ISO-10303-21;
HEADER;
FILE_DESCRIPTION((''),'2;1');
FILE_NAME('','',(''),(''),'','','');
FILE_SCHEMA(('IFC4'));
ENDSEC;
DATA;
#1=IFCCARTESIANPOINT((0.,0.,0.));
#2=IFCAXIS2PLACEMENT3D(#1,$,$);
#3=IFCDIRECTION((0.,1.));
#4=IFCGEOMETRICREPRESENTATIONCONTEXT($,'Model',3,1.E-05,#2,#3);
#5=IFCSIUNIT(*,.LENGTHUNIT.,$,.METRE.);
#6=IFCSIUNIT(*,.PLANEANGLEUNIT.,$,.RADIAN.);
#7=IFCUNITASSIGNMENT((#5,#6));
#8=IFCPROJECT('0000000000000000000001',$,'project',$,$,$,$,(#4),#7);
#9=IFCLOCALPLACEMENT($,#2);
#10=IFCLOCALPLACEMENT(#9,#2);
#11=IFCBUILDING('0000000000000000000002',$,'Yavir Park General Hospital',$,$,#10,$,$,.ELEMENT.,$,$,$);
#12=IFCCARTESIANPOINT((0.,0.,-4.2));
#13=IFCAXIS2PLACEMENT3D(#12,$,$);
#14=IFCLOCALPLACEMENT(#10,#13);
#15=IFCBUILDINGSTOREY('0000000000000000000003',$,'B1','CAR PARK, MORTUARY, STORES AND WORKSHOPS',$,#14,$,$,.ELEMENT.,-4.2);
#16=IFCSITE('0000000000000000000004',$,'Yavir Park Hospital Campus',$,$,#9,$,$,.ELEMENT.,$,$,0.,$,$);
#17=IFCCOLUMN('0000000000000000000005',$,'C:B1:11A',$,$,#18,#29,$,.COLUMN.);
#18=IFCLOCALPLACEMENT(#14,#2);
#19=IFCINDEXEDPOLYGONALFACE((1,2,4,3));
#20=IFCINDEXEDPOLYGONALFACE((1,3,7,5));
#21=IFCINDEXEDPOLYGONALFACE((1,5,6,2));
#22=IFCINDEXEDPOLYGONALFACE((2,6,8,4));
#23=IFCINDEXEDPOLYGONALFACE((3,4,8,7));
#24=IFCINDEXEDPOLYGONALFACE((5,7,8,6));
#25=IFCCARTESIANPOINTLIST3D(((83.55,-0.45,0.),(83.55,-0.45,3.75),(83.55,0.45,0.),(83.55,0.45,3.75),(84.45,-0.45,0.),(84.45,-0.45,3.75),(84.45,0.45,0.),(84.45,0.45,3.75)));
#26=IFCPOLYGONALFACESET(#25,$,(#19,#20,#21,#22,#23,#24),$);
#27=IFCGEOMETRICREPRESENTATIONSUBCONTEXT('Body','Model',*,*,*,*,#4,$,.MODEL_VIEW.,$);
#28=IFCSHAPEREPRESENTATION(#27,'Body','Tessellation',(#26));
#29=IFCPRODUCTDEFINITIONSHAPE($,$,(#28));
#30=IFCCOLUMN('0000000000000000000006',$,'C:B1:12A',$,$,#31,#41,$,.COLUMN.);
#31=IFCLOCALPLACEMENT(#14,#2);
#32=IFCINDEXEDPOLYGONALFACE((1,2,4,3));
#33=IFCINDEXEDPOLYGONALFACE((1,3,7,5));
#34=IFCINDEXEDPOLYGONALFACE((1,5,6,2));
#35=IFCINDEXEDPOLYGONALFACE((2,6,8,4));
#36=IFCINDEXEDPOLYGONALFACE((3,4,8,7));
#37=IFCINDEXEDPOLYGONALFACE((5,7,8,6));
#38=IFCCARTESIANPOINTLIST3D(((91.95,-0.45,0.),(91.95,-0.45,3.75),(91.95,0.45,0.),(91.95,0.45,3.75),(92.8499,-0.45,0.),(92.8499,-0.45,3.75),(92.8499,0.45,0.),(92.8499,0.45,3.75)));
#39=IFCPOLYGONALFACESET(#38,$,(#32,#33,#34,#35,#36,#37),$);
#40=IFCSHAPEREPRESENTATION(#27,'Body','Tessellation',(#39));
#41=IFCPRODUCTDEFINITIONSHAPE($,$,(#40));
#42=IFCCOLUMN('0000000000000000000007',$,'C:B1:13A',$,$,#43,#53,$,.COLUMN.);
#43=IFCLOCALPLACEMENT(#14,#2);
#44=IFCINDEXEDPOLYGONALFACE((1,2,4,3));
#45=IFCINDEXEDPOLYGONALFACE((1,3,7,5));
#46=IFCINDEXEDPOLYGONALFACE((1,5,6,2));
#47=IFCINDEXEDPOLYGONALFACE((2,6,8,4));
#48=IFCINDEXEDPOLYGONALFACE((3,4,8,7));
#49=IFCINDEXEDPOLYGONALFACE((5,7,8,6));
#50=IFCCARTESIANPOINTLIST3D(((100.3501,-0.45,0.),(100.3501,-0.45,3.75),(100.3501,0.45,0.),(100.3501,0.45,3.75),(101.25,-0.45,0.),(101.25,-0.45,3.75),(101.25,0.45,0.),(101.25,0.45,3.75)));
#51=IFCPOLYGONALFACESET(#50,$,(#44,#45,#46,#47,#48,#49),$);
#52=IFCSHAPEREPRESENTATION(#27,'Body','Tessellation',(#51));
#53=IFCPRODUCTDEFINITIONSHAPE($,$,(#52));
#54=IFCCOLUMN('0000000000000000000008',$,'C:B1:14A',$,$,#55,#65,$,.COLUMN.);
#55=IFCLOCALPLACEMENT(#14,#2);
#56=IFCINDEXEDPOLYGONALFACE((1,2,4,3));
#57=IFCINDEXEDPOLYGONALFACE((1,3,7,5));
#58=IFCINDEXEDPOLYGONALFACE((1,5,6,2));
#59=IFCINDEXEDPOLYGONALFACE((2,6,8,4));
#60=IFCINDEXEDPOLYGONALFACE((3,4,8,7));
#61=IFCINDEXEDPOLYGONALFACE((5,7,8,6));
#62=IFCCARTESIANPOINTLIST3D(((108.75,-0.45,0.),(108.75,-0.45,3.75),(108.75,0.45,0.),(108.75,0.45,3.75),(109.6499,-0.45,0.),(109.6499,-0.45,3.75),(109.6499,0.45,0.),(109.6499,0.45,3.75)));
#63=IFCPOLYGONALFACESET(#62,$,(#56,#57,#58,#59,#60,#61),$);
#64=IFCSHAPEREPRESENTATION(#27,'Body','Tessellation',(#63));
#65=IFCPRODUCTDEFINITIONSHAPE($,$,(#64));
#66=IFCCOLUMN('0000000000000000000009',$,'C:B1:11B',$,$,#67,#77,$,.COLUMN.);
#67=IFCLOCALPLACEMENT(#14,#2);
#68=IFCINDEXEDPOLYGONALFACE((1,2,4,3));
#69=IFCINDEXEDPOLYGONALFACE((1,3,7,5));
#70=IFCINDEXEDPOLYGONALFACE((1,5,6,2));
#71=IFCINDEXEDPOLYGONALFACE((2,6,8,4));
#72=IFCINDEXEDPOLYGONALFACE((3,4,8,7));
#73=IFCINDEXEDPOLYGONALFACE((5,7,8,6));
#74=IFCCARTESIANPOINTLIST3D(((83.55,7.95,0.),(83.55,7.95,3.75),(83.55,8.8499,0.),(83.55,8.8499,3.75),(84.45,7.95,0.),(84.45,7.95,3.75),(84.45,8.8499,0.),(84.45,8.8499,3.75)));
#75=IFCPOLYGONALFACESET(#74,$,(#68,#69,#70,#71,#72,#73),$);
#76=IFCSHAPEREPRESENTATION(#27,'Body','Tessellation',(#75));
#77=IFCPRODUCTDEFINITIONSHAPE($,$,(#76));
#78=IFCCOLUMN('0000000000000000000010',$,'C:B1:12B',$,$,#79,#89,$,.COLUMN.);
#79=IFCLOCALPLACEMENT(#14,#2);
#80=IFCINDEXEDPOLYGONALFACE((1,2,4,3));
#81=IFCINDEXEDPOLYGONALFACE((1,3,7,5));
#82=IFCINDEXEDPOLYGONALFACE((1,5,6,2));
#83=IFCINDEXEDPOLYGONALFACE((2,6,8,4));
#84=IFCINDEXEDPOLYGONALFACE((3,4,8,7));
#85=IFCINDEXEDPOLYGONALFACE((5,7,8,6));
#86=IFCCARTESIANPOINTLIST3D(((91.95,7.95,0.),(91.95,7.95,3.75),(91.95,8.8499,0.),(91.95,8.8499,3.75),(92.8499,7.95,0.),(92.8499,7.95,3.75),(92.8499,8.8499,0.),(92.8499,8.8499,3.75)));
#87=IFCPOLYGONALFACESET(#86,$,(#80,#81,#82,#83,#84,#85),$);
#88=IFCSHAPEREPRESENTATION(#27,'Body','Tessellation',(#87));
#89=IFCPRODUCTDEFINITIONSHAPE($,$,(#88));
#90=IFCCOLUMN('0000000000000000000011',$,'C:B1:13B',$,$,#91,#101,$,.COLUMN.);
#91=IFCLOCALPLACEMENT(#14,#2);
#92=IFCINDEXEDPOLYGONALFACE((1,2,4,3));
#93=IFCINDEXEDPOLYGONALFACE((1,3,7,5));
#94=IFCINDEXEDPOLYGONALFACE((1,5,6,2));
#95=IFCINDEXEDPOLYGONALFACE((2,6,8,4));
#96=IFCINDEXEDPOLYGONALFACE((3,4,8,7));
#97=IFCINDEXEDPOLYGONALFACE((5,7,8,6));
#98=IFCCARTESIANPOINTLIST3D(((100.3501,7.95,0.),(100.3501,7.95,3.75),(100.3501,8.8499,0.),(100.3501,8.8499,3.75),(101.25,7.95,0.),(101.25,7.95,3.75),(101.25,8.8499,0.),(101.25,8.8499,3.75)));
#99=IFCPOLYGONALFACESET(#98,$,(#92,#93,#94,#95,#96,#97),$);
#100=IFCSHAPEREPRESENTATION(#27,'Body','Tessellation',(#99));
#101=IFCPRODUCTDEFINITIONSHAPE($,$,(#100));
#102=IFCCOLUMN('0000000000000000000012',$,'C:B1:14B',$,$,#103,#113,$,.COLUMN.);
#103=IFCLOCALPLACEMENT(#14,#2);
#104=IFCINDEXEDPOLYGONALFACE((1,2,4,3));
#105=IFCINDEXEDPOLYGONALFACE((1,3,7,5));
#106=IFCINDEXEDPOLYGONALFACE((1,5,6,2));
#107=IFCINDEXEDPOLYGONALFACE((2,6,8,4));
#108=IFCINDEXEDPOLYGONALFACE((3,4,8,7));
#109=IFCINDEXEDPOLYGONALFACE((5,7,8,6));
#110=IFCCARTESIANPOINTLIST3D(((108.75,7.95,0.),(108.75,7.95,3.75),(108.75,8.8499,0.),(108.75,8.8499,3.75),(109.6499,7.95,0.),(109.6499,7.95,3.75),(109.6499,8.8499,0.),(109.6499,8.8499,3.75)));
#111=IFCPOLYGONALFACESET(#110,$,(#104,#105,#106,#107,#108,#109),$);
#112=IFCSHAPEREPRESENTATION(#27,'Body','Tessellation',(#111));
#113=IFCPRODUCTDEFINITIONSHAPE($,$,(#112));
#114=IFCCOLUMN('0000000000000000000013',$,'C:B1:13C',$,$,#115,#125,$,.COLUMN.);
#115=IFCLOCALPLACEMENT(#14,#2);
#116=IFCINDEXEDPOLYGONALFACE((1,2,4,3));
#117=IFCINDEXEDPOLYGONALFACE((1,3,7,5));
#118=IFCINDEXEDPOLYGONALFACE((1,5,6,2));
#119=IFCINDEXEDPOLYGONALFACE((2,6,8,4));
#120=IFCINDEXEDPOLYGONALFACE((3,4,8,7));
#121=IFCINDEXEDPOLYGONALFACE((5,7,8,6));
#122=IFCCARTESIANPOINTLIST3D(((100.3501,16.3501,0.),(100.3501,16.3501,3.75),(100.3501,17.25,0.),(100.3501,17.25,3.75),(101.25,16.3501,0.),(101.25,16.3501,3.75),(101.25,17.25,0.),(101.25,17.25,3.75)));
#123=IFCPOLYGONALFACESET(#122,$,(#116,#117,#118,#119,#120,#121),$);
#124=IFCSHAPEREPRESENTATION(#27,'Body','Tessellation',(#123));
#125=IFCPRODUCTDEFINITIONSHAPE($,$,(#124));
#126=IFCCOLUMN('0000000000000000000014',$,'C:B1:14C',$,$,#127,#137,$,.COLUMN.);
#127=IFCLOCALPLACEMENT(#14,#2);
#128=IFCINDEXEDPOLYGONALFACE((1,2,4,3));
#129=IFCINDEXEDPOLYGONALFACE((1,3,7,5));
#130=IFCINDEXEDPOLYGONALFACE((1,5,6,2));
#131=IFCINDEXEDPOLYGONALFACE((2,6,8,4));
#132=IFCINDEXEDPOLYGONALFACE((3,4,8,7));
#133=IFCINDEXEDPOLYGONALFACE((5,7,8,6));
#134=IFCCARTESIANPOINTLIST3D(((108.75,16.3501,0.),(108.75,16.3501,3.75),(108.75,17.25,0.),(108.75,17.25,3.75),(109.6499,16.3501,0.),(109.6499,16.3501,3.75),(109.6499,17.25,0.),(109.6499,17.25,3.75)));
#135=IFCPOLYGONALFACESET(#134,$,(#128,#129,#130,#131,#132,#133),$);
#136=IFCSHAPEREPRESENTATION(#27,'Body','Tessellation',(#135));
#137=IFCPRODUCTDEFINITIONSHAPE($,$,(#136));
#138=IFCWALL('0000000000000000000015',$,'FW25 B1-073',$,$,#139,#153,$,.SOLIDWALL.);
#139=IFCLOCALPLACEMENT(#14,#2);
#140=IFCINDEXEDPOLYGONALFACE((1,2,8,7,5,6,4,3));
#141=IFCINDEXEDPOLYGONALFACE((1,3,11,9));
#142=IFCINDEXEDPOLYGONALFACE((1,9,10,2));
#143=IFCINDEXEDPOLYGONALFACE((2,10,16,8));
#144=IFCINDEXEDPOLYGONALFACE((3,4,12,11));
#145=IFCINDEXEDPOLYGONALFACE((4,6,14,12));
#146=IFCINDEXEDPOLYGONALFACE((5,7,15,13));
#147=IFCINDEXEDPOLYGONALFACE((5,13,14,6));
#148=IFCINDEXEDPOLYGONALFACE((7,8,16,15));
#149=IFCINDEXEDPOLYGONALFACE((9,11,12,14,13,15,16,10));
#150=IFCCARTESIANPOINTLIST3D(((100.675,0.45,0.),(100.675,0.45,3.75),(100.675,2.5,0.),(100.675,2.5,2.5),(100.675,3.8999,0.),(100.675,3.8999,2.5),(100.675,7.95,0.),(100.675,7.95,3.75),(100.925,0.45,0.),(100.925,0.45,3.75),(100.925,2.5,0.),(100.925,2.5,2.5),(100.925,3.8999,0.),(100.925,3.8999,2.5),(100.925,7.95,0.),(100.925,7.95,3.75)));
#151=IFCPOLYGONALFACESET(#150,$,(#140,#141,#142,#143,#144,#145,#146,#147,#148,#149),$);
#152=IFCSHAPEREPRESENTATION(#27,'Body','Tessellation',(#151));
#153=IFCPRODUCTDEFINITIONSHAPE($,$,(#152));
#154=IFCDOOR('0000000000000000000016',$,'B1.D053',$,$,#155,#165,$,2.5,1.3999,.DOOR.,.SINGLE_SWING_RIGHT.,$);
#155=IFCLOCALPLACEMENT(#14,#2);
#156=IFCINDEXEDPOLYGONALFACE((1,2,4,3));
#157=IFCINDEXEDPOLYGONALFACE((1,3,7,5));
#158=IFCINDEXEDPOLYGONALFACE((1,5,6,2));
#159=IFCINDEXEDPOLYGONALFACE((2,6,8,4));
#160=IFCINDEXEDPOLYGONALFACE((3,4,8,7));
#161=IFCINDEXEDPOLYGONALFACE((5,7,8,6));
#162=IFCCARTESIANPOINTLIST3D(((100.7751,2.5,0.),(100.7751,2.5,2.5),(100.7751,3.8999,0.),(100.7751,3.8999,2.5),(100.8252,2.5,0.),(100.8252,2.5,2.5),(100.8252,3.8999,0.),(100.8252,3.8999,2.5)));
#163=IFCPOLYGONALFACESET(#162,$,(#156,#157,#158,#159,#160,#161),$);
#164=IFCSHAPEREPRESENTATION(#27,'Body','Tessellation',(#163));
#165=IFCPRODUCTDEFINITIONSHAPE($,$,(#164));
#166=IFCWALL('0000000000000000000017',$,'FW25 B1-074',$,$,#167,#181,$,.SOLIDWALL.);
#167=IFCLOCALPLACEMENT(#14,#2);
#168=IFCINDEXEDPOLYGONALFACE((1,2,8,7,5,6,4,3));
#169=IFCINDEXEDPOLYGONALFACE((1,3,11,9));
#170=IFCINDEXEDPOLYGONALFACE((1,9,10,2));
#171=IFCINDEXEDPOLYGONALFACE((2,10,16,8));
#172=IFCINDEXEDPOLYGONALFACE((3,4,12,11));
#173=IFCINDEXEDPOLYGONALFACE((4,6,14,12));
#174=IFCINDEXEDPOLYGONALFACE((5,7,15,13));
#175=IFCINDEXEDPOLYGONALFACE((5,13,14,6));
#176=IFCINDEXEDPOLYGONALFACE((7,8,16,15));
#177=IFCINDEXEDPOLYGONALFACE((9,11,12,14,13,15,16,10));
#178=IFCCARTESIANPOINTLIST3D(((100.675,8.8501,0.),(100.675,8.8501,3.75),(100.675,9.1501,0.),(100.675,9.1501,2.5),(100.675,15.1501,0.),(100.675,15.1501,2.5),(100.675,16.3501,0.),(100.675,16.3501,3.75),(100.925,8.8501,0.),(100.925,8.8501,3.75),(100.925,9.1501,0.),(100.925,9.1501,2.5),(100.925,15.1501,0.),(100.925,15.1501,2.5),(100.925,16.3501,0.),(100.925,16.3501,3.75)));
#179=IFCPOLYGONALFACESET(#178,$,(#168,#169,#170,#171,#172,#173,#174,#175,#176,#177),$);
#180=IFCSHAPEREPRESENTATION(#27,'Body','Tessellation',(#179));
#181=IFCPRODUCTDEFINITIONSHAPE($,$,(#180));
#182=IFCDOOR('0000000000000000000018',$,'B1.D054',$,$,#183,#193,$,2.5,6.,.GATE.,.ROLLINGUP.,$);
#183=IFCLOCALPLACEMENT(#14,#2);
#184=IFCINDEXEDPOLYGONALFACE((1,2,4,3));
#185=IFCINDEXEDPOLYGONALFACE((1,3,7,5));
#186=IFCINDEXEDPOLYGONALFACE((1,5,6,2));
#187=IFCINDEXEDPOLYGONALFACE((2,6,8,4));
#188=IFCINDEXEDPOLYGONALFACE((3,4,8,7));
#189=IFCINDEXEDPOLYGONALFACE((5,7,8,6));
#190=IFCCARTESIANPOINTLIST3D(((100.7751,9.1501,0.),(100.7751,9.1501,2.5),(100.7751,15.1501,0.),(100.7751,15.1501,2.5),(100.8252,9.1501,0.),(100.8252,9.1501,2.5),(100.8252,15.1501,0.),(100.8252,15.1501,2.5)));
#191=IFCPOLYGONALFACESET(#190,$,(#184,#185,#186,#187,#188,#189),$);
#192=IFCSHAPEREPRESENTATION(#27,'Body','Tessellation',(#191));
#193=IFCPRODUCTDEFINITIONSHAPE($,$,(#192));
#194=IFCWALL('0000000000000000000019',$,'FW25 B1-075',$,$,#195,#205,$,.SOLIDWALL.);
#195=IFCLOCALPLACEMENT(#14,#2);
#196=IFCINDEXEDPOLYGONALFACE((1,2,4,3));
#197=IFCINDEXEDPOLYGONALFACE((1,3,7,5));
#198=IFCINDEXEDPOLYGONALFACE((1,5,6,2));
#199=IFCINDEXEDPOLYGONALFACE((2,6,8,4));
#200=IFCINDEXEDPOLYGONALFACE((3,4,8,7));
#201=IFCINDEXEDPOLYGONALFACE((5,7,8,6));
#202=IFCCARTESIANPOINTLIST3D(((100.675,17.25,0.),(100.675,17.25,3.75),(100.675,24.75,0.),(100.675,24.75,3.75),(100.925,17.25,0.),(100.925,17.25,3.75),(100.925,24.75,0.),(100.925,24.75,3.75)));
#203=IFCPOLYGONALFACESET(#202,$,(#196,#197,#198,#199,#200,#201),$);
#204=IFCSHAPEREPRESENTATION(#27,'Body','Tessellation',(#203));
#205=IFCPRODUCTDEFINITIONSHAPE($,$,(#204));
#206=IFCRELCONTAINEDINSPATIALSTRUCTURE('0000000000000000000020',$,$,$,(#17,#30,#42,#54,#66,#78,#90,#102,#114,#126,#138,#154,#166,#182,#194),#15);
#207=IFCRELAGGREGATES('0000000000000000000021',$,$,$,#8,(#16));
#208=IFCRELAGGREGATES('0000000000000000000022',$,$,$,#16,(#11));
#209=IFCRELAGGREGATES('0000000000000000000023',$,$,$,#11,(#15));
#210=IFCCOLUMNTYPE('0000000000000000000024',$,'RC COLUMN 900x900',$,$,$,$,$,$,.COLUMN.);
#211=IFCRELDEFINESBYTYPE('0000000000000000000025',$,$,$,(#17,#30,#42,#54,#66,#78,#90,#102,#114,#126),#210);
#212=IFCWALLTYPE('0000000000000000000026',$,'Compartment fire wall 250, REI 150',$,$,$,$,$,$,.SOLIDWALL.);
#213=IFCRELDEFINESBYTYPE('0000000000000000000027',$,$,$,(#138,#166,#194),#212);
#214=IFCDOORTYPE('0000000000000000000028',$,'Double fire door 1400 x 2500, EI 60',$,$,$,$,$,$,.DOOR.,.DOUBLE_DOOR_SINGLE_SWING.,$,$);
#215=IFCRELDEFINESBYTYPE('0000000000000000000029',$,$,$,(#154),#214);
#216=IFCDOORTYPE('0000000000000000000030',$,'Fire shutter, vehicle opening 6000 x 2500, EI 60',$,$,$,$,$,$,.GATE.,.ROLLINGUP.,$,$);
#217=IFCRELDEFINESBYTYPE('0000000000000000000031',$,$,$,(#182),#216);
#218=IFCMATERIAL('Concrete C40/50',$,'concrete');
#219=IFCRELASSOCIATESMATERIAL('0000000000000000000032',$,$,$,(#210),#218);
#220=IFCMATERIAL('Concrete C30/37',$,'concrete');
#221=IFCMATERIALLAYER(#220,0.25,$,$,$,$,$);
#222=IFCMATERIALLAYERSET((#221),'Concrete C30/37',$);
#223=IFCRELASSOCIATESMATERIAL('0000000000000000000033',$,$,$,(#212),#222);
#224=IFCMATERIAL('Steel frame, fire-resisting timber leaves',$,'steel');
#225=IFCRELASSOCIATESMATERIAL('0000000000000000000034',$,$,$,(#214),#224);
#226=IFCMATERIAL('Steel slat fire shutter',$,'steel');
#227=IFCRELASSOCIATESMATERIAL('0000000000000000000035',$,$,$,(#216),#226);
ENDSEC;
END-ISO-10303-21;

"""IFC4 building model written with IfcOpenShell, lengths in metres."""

from ifc_helpers import new_model, si_unit, direction, frame, frame_2d, origin, origin_2d, place, context, subcontext, project, spatial, rectangle, extrude, material, layer, layer_set, material_profile, profile_set, type_object, element, fill, save


model = new_model("IFC4")

# Units and contexts
model_context = context("Model", 3, precision=1e-05, world=origin(), true_north=direction((0.0, 1.0)))
body_context = subcontext(model_context, "Body", "Model", "MODEL_VIEW")
ifc_project = project(units=[si_unit("LENGTHUNIT", "METRE"), si_unit("PLANEANGLEUNIT", "RADIAN")], contexts=[model_context])

# Site, building, storey
site_placement = place(None, origin())
site = spatial("IfcSite", under=ifc_project, at=site_placement, Name="Yavir Park Hospital Campus", CompositionType="ELEMENT", RefElevation=0.0)
building_placement = place(site_placement, origin())
building = spatial("IfcBuilding", under=site, at=building_placement, Name="Yavir Park General Hospital", CompositionType="ELEMENT")
storey_placement = place(building_placement, frame((0.0, 0.0, -4.2)))
storey = spatial("IfcBuildingStorey", under=building, at=storey_placement, Name="B1", Description="CAR PARK, MORTUARY, STORES AND WORKSHOPS", CompositionType="ELEMENT", Elevation=-4.2)

# Columns
ifc_material_1 = material(Name="Concrete C40/50", Category="concrete")
ifc_material_profile = material_profile(ifc_material_1, rectangle(XDim=0.8999, YDim=0.8999, at=origin_2d()), Name="RC900x900")
ifc_profile_set = profile_set([ifc_material_profile], Name="Concrete C40/50")
column_type = type_object("IfcColumnType", Name="RC COLUMN 900x900", PredefinedType="COLUMN", material=ifc_profile_set)
for number, where, z_axis, x_axis, name in (
    (1, (84.0, 0.0, 0.0), (0.0, 0.0, 1.0), (1.0, 0.0, 0.0), "C:B1:11A"),
    (2, (92.3999, 0.0, 0.0), (0.0, 0.0, 1.0), (1.0, 0.0, 0.0), "C:B1:12A"),
    (3, (100.8, 0.0, 0.0), (0.0, 0.0, 1.0), (1.0, 0.0, 0.0), "C:B1:13A"),
    (4, (109.2, 0.0, 0.0), (0.0, 0.0, 1.0), (1.0, 0.0, 0.0), "C:B1:14A"),
    (5, (84.0, 8.3999, 0.0), (0.0, 0.0, 1.0), (1.0, 0.0, 0.0), "C:B1:11B"),
    (6, (92.3999, 8.3999, 0.0), (0.0, 0.0, 1.0), (1.0, 0.0, 0.0), "C:B1:12B"),
    (7, (100.8, 8.3999, 0.0), (0.0, 0.0, 1.0), (1.0, 0.0, 0.0), "C:B1:13B"),
    (8, (109.2, 8.3999, 0.0), (0.0, 0.0, 1.0), (1.0, 0.0, 0.0), "C:B1:14B"),
    (9, (100.8, 16.8, 0.0), (0.0, 0.0, 1.0), (1.0, 0.0, 0.0), "C:B1:13C"),
    (10, (109.2, 16.8, 0.0), (0.0, 0.0, 1.0), (1.0, 0.0, 0.0), "C:B1:14C"),
):
    element("IfcColumn", number, at=place(storey_placement, frame(where, z_axis=z_axis, x_axis=x_axis)), inside=storey, type_object=column_type, Name=name, PredefinedType="COLUMN", context=body_context, shape_type="SweptSolid", body=[
        extrude(rectangle(XDim=0.8999, YDim=0.8999, at=origin_2d()), origin(), (0.0, 0.0, 1.0), 3.75),
    ])

# Walls, openings, doors
ifc_material_2 = material(Name="Concrete C30/37", Category="concrete")
ifc_layer_1 = layer(ifc_material_2, 0.25)
ifc_layer_set_1 = layer_set([ifc_layer_1], Name="Concrete C30/37")
wall_type_1 = type_object("IfcWallType", Name="Compartment fire wall 250, REI 150", PredefinedType="SOLIDWALL", material=ifc_layer_set_1)
wall_1_placement = place(storey_placement, frame((100.8, 0.45, 0.0), z_axis=(0.0, 0.0, 1.0), x_axis=(0.0, 1.0, 0.0)))
wall_1 = element("IfcWall", 11, at=wall_1_placement, inside=storey, type_object=wall_type_1, Name="FW25 B1-073", PredefinedType="SOLIDWALL", context=body_context, shape_type="SweptSolid", body=[
    extrude(rectangle(XDim=7.5, YDim=0.25, at=frame_2d((3.75, 0.0))), origin(), (0.0, 0.0, 1.0), 3.75),
])
opening_1_placement = place(wall_1_placement, frame((2.05, 0.0, 0.0)))
opening_1 = element("IfcOpeningElement", 12, at=opening_1_placement, cuts=wall_1, PredefinedType="OPENING", context=body_context, shape_type="SweptSolid", body=[
    extrude(rectangle(XDim=1.3999, YDim=2.5, at=frame_2d((0.7, 1.25))), frame((0.0, 0.135, 0.0), z_axis=(0.0, -1.0, 0.0), x_axis=(1.0, 0.0, 0.0)), (0.0, 0.0, 1.0), 0.27),
])
ifc_material_3 = material(Name="Steel frame, fire-resisting timber leaves", Category="steel")
door_type_1 = type_object("IfcDoorType", Name="Double fire door 1400 x 2500, EI 60", OperationType="DOUBLE_DOOR_SINGLE_SWING", PredefinedType="DOOR", material=ifc_material_3)
door_1_placement = place(opening_1_placement, origin())
door_1 = element("IfcDoor", 13, at=door_1_placement, inside=storey, type_object=door_type_1, Name="B1.D053", OperationType="SINGLE_SWING_RIGHT", OverallHeight=2.5, OverallWidth=1.3999, PredefinedType="DOOR", context=body_context, shape_type="SweptSolid", body=[
    extrude(rectangle(XDim=1.3999, YDim=2.5, at=frame_2d((0.7, 1.25))), frame((0.0, 0.0249, 0.0), z_axis=(0.0, -1.0, 0.0), x_axis=(1.0, 0.0, 0.0)), (0.0, 0.0, 1.0), 0.05),
])
fill(opening_1, door_1)
wall_2_placement = place(storey_placement, frame((100.8, 8.8501, 0.0), z_axis=(0.0, 0.0, 1.0), x_axis=(0.0, 1.0, 0.0)))
wall_2 = element("IfcWall", 14, at=wall_2_placement, inside=storey, type_object=wall_type_1, Name="FW25 B1-074", PredefinedType="SOLIDWALL", context=body_context, shape_type="SweptSolid", body=[
    extrude(rectangle(XDim=7.5, YDim=0.25, at=frame_2d((3.75, 0.0))), origin(), (0.0, 0.0, 1.0), 3.75),
])
opening_2_placement = place(wall_2_placement, frame((0.3, 0.0, 0.0)))
opening_2 = element("IfcOpeningElement", 15, at=opening_2_placement, cuts=wall_2, PredefinedType="OPENING", context=body_context, shape_type="SweptSolid", body=[
    extrude(rectangle(XDim=6.0, YDim=2.5, at=frame_2d((3.0, 1.25))), frame((0.0, 0.135, 0.0), z_axis=(0.0, -1.0, 0.0), x_axis=(1.0, 0.0, 0.0)), (0.0, 0.0, 1.0), 0.27),
])
ifc_material_4 = material(Name="Steel slat fire shutter", Category="steel")
door_type_2 = type_object("IfcDoorType", Name="Fire shutter, vehicle opening 6000 x 2500, EI 60", OperationType="ROLLINGUP", PredefinedType="GATE", material=ifc_material_4)
door_2_placement = place(opening_2_placement, origin())
door_2 = element("IfcDoor", 16, at=door_2_placement, inside=storey, type_object=door_type_2, Name="B1.D054", OperationType="ROLLINGUP", OverallHeight=2.5, OverallWidth=6.0, PredefinedType="GATE", context=body_context, shape_type="SweptSolid", body=[
    extrude(rectangle(XDim=6.0, YDim=2.5, at=frame_2d((3.0, 1.25))), frame((0.0, 0.0249, 0.0), z_axis=(0.0, -1.0, 0.0), x_axis=(1.0, 0.0, 0.0)), (0.0, 0.0, 1.0), 0.05),
])
fill(opening_2, door_2)

# Wall
wall_3_placement = place(storey_placement, frame((100.8, 17.25, 0.0), z_axis=(0.0, 0.0, 1.0), x_axis=(0.0, 1.0, 0.0)))
element("IfcWall", 17, at=wall_3_placement, inside=storey, type_object=wall_type_1, Name="FW25 B1-075", PredefinedType="SOLIDWALL", context=body_context, shape_type="SweptSolid", body=[
    extrude(rectangle(XDim=7.5, YDim=0.25, at=frame_2d((3.75, 0.0))), origin(), (0.0, 0.0, 1.0), 3.75),
])

save(model, "model.ifc")
